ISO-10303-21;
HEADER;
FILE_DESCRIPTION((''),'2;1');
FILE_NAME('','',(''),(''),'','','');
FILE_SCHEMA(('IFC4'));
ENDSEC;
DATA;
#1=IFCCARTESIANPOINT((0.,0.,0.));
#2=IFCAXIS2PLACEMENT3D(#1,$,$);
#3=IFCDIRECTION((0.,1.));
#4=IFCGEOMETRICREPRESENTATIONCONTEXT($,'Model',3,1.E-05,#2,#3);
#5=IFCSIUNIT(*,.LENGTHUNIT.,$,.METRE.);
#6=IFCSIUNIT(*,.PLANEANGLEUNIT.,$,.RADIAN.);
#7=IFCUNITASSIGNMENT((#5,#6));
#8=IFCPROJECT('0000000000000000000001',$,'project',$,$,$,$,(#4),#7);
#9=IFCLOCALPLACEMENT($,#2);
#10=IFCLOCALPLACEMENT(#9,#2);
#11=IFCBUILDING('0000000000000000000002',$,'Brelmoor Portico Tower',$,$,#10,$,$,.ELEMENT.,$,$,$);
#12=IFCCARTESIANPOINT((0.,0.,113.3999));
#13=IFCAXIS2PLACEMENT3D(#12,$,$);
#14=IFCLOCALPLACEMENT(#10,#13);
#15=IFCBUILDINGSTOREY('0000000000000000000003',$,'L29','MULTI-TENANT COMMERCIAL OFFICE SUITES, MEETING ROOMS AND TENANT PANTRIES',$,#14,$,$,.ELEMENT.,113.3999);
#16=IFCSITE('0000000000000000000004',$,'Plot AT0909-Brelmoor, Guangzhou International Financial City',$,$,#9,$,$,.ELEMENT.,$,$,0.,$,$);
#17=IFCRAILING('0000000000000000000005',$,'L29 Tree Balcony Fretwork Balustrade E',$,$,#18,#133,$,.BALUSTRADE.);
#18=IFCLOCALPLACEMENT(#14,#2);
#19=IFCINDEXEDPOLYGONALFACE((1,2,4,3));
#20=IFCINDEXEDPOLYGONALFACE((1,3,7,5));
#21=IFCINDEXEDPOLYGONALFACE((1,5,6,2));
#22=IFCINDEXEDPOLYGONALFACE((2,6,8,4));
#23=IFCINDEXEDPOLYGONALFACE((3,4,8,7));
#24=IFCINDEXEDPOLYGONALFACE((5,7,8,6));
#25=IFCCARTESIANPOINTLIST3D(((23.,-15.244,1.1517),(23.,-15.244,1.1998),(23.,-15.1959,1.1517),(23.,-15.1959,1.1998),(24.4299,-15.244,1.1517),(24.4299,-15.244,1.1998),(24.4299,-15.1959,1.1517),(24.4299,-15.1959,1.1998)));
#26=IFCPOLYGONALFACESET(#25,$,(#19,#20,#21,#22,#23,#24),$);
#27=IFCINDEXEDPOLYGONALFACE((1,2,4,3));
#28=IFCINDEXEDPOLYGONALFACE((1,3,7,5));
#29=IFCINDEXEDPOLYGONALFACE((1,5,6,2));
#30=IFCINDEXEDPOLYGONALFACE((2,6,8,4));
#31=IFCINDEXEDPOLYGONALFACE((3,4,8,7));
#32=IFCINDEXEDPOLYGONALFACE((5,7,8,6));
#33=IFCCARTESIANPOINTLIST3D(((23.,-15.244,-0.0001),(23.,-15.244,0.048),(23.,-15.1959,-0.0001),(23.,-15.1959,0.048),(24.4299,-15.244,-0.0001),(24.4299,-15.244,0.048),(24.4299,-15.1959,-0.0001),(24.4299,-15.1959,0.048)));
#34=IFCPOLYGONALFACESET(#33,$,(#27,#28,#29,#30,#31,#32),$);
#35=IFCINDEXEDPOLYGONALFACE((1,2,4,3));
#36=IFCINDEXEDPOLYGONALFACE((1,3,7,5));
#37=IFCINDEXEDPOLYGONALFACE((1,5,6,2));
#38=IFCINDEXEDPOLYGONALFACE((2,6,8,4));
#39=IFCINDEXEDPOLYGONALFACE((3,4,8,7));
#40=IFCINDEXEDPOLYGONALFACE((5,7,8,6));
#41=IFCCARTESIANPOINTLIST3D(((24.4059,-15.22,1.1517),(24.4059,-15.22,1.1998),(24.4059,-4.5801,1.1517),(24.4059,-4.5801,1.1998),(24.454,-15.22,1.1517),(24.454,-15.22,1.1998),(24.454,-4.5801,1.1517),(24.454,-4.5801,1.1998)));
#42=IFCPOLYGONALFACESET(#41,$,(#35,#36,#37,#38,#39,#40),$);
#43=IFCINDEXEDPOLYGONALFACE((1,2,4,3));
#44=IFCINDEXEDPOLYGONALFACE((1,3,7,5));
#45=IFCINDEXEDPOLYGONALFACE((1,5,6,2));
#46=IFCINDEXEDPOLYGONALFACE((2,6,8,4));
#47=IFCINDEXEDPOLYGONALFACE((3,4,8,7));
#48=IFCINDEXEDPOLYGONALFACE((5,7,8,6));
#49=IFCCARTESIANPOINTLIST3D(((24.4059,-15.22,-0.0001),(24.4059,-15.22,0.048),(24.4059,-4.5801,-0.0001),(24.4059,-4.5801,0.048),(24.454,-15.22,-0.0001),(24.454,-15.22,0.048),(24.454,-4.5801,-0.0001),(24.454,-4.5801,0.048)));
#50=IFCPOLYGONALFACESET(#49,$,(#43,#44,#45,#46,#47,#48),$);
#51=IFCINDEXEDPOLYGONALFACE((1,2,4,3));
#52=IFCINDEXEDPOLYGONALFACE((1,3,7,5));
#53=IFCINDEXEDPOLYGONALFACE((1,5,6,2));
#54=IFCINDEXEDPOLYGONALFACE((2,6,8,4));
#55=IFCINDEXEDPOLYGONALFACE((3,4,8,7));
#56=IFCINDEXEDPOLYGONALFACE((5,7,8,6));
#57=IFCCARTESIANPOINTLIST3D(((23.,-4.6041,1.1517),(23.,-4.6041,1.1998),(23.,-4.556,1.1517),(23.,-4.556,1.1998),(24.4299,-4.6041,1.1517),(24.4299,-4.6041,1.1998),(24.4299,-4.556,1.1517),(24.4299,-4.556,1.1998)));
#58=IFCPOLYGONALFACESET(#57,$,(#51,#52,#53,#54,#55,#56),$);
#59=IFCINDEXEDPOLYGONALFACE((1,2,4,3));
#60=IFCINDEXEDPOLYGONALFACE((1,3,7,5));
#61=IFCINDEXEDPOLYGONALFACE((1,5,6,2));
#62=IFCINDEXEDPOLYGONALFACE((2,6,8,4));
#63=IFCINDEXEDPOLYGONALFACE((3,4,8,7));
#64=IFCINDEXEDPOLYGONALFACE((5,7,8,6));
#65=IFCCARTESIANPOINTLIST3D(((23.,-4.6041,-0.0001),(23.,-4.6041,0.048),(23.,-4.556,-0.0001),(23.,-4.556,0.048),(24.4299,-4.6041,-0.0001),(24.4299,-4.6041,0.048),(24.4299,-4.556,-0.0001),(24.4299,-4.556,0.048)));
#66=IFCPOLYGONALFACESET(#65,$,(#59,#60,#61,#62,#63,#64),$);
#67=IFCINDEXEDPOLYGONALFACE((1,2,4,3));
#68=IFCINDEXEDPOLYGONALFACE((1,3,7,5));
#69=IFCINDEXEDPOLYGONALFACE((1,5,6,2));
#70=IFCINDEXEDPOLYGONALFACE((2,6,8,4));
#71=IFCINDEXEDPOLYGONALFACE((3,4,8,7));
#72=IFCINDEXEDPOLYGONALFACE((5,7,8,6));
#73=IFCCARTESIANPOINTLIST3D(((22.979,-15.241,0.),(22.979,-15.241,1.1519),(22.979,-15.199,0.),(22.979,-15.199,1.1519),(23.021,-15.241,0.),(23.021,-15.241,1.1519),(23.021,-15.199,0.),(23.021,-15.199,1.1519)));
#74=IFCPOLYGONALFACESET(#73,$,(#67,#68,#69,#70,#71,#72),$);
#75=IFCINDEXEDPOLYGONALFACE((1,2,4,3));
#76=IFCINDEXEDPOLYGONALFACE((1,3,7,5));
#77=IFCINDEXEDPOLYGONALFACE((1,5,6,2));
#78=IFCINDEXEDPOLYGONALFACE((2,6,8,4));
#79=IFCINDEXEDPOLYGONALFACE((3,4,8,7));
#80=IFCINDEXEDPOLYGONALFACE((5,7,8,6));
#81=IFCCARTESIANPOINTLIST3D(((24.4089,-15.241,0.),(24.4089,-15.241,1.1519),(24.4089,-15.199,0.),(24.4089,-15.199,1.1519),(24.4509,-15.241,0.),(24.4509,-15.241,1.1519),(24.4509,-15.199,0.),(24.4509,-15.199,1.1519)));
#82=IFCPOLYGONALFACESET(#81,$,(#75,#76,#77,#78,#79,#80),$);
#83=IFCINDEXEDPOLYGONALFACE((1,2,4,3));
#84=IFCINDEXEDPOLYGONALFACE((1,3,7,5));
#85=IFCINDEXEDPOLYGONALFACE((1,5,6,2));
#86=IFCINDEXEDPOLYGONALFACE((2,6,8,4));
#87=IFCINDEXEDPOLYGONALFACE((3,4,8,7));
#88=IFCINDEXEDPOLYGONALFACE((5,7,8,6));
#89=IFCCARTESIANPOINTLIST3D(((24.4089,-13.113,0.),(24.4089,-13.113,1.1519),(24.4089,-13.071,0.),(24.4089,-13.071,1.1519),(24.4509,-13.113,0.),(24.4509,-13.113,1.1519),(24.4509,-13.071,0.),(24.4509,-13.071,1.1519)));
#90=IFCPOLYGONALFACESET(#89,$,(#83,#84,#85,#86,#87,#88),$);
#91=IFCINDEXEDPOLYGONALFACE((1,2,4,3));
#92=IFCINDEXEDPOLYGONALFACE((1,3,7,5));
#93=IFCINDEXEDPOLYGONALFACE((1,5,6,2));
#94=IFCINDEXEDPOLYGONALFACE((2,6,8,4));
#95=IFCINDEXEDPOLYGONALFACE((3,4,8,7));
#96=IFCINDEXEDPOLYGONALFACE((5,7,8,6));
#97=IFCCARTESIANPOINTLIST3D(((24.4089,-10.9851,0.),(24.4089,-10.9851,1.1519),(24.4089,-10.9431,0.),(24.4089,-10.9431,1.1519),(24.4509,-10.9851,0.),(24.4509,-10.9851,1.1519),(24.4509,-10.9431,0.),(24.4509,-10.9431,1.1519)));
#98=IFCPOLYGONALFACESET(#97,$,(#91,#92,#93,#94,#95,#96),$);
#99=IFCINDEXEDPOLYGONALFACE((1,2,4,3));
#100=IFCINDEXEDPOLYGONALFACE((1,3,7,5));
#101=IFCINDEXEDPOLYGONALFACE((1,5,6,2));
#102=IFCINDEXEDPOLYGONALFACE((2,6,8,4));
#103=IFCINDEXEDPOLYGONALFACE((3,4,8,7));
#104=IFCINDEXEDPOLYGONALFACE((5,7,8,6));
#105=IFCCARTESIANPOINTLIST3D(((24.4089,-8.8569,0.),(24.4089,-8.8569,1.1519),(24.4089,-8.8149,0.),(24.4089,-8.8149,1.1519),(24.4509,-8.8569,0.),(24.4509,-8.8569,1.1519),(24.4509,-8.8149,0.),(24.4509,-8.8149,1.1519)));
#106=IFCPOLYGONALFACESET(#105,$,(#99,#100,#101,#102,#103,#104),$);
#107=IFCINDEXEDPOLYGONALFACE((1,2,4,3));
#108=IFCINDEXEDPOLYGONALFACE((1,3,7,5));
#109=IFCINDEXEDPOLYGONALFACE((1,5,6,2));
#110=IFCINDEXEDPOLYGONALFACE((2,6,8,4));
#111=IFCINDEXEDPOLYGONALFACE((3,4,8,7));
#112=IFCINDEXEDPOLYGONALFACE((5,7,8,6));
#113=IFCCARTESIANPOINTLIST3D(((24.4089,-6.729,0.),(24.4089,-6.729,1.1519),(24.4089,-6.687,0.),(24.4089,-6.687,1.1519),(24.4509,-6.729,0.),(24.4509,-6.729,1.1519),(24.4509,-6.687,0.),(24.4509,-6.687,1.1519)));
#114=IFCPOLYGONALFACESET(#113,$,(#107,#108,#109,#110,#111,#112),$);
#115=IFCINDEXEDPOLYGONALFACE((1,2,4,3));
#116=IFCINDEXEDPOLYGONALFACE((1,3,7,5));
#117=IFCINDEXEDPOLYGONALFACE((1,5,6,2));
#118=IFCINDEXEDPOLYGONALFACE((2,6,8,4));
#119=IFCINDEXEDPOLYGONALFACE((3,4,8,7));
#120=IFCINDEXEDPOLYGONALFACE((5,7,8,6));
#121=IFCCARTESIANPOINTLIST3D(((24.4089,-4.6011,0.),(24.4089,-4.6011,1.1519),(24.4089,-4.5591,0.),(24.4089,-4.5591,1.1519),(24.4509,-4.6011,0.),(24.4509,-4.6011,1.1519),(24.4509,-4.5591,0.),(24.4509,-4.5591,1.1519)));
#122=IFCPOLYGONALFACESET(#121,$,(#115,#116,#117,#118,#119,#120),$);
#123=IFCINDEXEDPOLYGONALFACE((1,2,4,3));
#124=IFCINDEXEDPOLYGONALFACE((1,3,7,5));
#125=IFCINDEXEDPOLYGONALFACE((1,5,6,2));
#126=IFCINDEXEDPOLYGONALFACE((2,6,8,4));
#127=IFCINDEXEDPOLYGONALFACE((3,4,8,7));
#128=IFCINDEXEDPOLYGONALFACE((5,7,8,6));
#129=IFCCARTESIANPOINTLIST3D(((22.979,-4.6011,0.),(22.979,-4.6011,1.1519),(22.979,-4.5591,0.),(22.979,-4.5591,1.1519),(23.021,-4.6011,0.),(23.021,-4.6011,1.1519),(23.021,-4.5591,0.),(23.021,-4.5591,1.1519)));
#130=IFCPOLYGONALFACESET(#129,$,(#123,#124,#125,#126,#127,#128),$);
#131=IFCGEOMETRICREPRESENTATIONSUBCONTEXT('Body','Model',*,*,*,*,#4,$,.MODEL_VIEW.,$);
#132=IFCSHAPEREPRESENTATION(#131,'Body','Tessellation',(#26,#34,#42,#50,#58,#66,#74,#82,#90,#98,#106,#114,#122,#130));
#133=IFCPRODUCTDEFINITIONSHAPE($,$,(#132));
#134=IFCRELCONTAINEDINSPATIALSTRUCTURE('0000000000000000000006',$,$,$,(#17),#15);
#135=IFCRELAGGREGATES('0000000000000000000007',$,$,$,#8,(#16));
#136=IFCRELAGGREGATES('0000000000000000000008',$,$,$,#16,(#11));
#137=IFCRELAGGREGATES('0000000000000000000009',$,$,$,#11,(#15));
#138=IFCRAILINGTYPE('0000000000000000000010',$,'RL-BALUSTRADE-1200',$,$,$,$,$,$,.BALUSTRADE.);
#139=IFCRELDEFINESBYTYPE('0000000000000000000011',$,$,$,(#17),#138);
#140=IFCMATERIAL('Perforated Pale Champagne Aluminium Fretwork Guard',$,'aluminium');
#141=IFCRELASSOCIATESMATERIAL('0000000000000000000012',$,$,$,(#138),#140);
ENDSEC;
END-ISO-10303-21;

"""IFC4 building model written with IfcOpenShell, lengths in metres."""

from ifc_helpers import new_model, si_unit, direction, frame, origin, origin_2d, place, context, subcontext, project, spatial, rectangle, extrude, material, type_object, element, save


model = new_model("IFC4")

# Units and contexts
model_context = context("Model", 3, precision=1e-05, world=origin(), true_north=direction((0.0, 1.0)))
body_context = subcontext(model_context, "Body", "Model", "MODEL_VIEW")
ifc_project = project(units=[si_unit("LENGTHUNIT", "METRE"), si_unit("PLANEANGLEUNIT", "RADIAN")], contexts=[model_context])

# Site, building, storey
site_placement = place(None, origin())
site = spatial("IfcSite", under=ifc_project, at=site_placement, Name="Plot AT0909-Brelmoor, Guangzhou International Financial City", CompositionType="ELEMENT", RefElevation=0.0)
building_placement = place(site_placement, origin())
building = spatial("IfcBuilding", under=site, at=building_placement, Name="Brelmoor Portico Tower", CompositionType="ELEMENT")
storey_placement = place(building_placement, frame((0.0, 0.0, 113.3999)))
storey = spatial("IfcBuildingStorey", under=building, at=storey_placement, Name="L29", Description="MULTI-TENANT COMMERCIAL OFFICE SUITES, MEETING ROOMS AND TENANT PANTRIES", CompositionType="ELEMENT", Elevation=113.3999)

# Railing
ifc_material_1 = material(Name="Perforated Pale Champagne Aluminium Fretwork Guard", Category="aluminium")
railing_type = type_object("IfcRailingType", Name="RL-BALUSTRADE-1200", PredefinedType="BALUSTRADE", material=ifc_material_1)
railing_placement = place(storey_placement, frame((23.0, -15.22, 0.0)))
element("IfcRailing", 1, at=railing_placement, inside=storey, type_object=railing_type, Name="L29 Tree Balcony Fretwork Balustrade E", PredefinedType="BALUSTRADE", context=body_context, shape_type="SweptSolid", body=[
    extrude(rectangle(XDim=0.0481, YDim=0.0481, at=origin_2d()), frame((0.0, 0.0, 1.1758), z_axis=(1.0, 0.0, 0.0), x_axis=(0.0, 1.0, 0.0)), (0.0, 0.0, 1.0), 1.4299),
    extrude(rectangle(XDim=0.0481, YDim=0.0481, at=origin_2d()), frame((0.0, 0.0, 0.0239), z_axis=(1.0, 0.0, 0.0), x_axis=(0.0, 1.0, 0.0)), (0.0, 0.0, 1.0), 1.4299),
    extrude(rectangle(XDim=0.0481, YDim=0.0481, at=origin_2d()), frame((1.4299, 0.0, 1.1758), z_axis=(0.0, 1.0, 0.0), x_axis=(-1.0, 0.0, 0.0)), (0.0, 0.0, 1.0), 10.6399),
    extrude(rectangle(XDim=0.0481, YDim=0.0481, at=origin_2d()), frame((1.4299, 0.0, 0.0239), z_axis=(0.0, 1.0, 0.0), x_axis=(-1.0, 0.0, 0.0)), (0.0, 0.0, 1.0), 10.6399),
    extrude(rectangle(XDim=0.0481, YDim=0.0481, at=origin_2d()), frame((1.4299, 10.6399, 1.1758), z_axis=(-1.0, 0.0, 0.0), x_axis=(0.0, -1.0, 0.0)), (0.0, 0.0, 1.0), 1.4299),
    extrude(rectangle(XDim=0.0481, YDim=0.0481, at=origin_2d()), frame((1.4299, 10.6399, 0.0239), z_axis=(-1.0, 0.0, 0.0), x_axis=(0.0, -1.0, 0.0)), (0.0, 0.0, 1.0), 1.4299),
    extrude(rectangle(XDim=0.042, YDim=0.042, at=origin_2d()), origin(), (0.0, 0.0, 1.0), 1.1519),
    extrude(rectangle(XDim=0.042, YDim=0.042, at=origin_2d()), frame((1.4299, 0.0, 0.0)), (0.0, 0.0, 1.0), 1.1519),
    extrude(rectangle(XDim=0.042, YDim=0.042, at=origin_2d()), frame((1.4299, 2.1279, 0.0)), (0.0, 0.0, 1.0), 1.1519),
    extrude(rectangle(XDim=0.042, YDim=0.042, at=origin_2d()), frame((1.4299, 4.2559, 0.0)), (0.0, 0.0, 1.0), 1.1519),
    extrude(rectangle(XDim=0.042, YDim=0.042, at=origin_2d()), frame((1.4299, 6.384, 0.0)), (0.0, 0.0, 1.0), 1.1519),
    extrude(rectangle(XDim=0.042, YDim=0.042, at=origin_2d()), frame((1.4299, 8.512, 0.0)), (0.0, 0.0, 1.0), 1.1519),
    extrude(rectangle(XDim=0.042, YDim=0.042, at=origin_2d()), frame((1.4299, 10.6399, 0.0)), (0.0, 0.0, 1.0), 1.1519),
    extrude(rectangle(XDim=0.042, YDim=0.042, at=origin_2d()), frame((0.0, 10.6399, 0.0)), (0.0, 0.0, 1.0), 1.1519),
])

save(model, "model.ifc")
